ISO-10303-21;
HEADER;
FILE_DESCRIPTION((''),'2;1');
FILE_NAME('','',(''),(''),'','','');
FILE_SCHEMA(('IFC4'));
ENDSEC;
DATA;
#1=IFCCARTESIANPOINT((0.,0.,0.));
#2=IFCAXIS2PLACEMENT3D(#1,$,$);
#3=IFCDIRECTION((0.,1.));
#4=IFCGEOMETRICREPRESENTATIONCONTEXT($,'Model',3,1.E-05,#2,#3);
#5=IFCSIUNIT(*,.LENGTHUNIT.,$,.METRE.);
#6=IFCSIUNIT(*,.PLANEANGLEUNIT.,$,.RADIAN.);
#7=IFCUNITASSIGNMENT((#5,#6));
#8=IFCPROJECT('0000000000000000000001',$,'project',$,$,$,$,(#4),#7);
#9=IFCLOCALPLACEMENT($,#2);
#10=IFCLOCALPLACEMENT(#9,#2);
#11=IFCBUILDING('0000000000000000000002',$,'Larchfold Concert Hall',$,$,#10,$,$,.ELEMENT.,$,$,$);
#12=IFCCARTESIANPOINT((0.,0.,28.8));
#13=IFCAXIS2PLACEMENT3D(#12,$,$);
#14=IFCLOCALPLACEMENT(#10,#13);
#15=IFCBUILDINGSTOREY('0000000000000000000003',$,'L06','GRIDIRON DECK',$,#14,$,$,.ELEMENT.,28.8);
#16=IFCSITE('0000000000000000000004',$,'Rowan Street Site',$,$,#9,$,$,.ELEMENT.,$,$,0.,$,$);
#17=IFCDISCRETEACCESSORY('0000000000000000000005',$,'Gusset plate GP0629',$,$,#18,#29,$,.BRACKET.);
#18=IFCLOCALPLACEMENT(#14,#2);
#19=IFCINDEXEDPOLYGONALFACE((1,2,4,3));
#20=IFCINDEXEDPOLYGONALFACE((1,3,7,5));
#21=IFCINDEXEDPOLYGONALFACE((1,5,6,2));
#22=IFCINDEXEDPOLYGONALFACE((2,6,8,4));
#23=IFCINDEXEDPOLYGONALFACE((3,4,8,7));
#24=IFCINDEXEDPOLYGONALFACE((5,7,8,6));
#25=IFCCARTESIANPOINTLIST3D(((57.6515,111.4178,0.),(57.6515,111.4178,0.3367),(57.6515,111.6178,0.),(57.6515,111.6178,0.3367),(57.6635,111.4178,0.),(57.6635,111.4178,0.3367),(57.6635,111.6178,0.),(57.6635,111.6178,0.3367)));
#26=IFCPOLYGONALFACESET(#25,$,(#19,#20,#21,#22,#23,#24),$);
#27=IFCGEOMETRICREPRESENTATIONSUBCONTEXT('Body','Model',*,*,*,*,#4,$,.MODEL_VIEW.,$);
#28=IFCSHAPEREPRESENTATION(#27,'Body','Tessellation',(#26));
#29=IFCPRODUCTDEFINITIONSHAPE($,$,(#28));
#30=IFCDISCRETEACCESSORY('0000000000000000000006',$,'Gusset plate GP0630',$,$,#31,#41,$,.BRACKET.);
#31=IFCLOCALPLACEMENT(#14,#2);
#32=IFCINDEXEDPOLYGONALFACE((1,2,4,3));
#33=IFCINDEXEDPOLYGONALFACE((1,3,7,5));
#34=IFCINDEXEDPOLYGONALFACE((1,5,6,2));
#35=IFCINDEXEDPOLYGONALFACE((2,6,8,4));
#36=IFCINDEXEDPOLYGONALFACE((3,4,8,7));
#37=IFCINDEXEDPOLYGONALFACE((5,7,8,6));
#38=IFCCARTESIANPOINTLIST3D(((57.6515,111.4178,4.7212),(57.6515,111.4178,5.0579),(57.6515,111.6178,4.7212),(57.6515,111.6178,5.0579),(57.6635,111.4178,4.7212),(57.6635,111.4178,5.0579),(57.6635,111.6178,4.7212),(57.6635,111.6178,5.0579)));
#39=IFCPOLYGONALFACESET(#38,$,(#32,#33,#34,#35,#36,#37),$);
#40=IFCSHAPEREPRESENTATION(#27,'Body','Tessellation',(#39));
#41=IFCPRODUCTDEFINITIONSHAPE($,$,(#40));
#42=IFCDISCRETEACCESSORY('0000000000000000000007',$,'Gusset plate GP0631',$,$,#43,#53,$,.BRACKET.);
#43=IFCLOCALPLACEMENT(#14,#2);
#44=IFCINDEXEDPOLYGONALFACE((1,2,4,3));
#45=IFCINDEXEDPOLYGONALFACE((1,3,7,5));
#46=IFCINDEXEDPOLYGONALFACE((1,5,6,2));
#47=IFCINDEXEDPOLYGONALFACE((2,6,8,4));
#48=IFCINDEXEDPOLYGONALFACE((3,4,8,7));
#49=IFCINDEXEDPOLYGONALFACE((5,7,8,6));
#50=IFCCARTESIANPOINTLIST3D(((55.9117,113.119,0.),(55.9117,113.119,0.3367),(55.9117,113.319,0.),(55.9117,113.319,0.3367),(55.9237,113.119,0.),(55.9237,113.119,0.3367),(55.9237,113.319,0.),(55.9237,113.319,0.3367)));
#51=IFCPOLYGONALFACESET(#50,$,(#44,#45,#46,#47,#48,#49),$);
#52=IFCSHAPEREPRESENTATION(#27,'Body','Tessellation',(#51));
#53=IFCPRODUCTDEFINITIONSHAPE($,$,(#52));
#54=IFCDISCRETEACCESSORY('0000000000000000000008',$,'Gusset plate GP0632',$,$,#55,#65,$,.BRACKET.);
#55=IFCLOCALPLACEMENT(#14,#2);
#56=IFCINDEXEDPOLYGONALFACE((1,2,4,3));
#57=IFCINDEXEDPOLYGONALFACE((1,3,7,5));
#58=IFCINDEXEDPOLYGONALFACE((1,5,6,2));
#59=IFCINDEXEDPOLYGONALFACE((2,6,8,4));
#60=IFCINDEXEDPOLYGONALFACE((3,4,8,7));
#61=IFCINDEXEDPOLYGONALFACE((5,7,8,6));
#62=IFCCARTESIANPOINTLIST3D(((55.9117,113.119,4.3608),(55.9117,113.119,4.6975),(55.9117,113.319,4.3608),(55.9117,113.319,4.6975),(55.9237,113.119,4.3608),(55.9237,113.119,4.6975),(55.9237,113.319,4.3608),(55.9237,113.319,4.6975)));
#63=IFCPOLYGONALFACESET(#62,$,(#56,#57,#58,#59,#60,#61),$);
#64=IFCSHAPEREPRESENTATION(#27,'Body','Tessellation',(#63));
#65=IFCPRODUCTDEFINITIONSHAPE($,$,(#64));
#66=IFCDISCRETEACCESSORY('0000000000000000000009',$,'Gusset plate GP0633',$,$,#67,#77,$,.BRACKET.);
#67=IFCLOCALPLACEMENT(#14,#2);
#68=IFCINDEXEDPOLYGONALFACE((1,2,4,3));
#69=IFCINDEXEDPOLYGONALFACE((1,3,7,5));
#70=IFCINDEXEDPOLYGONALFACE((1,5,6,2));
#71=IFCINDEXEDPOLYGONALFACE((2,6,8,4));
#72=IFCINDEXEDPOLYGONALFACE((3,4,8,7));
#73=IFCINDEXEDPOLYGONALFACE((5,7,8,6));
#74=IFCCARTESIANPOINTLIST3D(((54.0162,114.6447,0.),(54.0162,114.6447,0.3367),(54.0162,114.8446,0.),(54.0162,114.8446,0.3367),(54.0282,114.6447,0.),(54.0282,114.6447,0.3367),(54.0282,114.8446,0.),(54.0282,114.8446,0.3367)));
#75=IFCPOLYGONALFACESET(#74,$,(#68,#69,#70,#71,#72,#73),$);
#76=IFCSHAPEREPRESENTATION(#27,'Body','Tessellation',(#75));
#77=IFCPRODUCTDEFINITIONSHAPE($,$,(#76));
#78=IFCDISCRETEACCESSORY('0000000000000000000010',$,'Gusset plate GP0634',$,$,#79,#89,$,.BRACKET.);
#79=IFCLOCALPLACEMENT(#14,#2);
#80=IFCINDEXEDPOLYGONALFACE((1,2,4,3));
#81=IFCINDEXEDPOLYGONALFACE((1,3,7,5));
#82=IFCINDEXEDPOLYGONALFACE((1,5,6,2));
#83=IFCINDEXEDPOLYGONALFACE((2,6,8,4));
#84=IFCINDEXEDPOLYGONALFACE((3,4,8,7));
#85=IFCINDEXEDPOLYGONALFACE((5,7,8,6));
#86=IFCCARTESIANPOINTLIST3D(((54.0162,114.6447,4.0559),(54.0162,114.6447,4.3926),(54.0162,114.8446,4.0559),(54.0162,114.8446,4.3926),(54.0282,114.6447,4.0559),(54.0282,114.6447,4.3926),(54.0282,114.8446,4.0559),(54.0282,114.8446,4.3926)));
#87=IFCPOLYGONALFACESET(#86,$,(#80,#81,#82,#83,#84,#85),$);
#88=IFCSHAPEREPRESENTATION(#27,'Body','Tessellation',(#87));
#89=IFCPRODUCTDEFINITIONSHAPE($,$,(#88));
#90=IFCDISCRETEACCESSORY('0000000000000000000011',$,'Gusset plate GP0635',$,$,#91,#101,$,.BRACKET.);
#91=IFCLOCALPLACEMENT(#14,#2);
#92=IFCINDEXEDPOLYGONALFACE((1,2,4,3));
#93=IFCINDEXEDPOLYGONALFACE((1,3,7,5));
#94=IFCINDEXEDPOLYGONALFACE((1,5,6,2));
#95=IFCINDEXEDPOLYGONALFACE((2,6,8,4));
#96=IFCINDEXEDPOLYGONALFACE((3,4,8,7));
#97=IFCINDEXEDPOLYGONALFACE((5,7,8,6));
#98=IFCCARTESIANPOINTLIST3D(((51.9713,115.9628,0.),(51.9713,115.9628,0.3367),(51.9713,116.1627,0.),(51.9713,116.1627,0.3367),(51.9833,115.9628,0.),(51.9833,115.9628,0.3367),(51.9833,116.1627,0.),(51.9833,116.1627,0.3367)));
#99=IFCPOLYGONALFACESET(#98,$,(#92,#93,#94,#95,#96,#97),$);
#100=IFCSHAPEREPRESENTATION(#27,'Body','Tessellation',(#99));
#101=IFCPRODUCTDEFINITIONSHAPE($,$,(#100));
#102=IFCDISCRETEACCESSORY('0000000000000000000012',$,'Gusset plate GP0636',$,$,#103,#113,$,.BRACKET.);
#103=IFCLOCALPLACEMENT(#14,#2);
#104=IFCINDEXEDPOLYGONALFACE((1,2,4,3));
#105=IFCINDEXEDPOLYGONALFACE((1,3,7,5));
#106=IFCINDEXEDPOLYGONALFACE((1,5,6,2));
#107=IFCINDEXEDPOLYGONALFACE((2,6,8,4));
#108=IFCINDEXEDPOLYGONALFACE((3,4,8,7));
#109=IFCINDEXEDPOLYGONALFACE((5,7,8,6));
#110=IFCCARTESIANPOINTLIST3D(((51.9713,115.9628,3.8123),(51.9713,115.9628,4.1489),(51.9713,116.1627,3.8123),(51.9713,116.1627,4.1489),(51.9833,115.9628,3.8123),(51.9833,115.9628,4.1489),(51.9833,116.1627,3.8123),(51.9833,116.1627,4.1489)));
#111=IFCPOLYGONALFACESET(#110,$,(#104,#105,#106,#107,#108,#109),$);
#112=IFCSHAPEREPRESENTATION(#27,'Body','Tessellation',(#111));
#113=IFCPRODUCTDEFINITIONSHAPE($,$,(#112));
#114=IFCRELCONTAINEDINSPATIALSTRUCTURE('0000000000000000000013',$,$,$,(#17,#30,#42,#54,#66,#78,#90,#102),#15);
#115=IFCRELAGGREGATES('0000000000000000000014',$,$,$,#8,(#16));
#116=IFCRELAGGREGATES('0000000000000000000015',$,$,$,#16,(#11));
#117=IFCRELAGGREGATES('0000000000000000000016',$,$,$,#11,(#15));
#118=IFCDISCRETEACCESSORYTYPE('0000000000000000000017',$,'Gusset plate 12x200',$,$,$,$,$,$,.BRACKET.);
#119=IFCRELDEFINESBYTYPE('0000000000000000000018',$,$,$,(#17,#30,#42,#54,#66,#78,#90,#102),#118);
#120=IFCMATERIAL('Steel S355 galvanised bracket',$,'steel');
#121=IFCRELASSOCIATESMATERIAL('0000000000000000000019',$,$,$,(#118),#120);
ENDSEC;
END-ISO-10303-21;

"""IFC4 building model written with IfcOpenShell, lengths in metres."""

from ifc_helpers import new_model, si_unit, direction, frame, origin, origin_2d, place, context, subcontext, project, spatial, rectangle, extrude, material, material_profile, profile_set, type_object, element, save


model = new_model("IFC4")

# Units and contexts
model_context = context("Model", 3, precision=1e-05, world=origin(), true_north=direction((0.0, 1.0)))
body_context = subcontext(model_context, "Body", "Model", "MODEL_VIEW")
ifc_project = project(units=[si_unit("LENGTHUNIT", "METRE"), si_unit("PLANEANGLEUNIT", "RADIAN")], contexts=[model_context])

# Site, building, storey
site_placement = place(None, origin())
site = spatial("IfcSite", under=ifc_project, at=site_placement, Name="Rowan Street Site", CompositionType="ELEMENT", RefElevation=0.0)
building_placement = place(site_placement, origin())
building = spatial("IfcBuilding", under=site, at=building_placement, Name="Larchfold Concert Hall", CompositionType="ELEMENT")
storey_placement = place(building_placement, frame((0.0, 0.0, 28.8)))
storey = spatial("IfcBuildingStorey", under=building, at=storey_placement, Name="L06", Description="GRIDIRON DECK", CompositionType="ELEMENT", Elevation=28.8)

# Discrete accessories
ifc_material_1 = material(Name="Steel S355 galvanised bracket", Category="steel")
ifc_material_profile_1 = material_profile(ifc_material_1, rectangle(XDim=0.012, YDim=0.2, at=origin_2d()))
ifc_profile_set_1 = profile_set([ifc_material_profile_1], Name="Steel S355 galvanised bracket")
discrete_accessory_type_1 = type_object("IfcDiscreteAccessoryType", Name="Gusset plate 12x200", PredefinedType="BRACKET", material=ifc_profile_set_1)
for number, where, z_axis, x_axis, name in (
    (1, (57.6575, 111.5178, 0.0), (0.0, 0.0, 1.0), (1.0, 0.0, 0.0), "Gusset plate GP0629"),
    (2, (57.6575, 111.5178, 4.7212), (0.0, 0.0, 1.0), (1.0, 0.0, 0.0), "Gusset plate GP0630"),
    (3, (55.9177, 113.219, 0.0), (0.0, 0.0, 1.0), (1.0, 0.0, 0.0), "Gusset plate GP0631"),
    (4, (55.9177, 113.219, 4.3608), (0.0, 0.0, 1.0), (1.0, 0.0, 0.0), "Gusset plate GP0632"),
    (5, (54.0222, 114.7446, 0.0), (0.0, 0.0, 1.0), (1.0, 0.0, 0.0), "Gusset plate GP0633"),
    (6, (54.0222, 114.7446, 4.0559), (0.0, 0.0, 1.0), (1.0, 0.0, 0.0), "Gusset plate GP0634"),
    (7, (51.9773, 116.0627, 0.0), (0.0, 0.0, 1.0), (1.0, 0.0, 0.0), "Gusset plate GP0635"),
    (8, (51.9773, 116.0627, 3.8123), (0.0, 0.0, 1.0), (1.0, 0.0, 0.0), "Gusset plate GP0636"),
):
    element("IfcDiscreteAccessory", number, at=place(storey_placement, frame(where, z_axis=z_axis, x_axis=x_axis)), inside=storey, type_object=discrete_accessory_type_1, Name=name, PredefinedType="BRACKET", context=body_context, shape_type="SweptSolid", body=[
        extrude(rectangle(XDim=0.012, YDim=0.2, at=origin_2d()), origin(), (0.0, 0.0, 1.0), 0.3367),
    ])

save(model, "model.ifc")
